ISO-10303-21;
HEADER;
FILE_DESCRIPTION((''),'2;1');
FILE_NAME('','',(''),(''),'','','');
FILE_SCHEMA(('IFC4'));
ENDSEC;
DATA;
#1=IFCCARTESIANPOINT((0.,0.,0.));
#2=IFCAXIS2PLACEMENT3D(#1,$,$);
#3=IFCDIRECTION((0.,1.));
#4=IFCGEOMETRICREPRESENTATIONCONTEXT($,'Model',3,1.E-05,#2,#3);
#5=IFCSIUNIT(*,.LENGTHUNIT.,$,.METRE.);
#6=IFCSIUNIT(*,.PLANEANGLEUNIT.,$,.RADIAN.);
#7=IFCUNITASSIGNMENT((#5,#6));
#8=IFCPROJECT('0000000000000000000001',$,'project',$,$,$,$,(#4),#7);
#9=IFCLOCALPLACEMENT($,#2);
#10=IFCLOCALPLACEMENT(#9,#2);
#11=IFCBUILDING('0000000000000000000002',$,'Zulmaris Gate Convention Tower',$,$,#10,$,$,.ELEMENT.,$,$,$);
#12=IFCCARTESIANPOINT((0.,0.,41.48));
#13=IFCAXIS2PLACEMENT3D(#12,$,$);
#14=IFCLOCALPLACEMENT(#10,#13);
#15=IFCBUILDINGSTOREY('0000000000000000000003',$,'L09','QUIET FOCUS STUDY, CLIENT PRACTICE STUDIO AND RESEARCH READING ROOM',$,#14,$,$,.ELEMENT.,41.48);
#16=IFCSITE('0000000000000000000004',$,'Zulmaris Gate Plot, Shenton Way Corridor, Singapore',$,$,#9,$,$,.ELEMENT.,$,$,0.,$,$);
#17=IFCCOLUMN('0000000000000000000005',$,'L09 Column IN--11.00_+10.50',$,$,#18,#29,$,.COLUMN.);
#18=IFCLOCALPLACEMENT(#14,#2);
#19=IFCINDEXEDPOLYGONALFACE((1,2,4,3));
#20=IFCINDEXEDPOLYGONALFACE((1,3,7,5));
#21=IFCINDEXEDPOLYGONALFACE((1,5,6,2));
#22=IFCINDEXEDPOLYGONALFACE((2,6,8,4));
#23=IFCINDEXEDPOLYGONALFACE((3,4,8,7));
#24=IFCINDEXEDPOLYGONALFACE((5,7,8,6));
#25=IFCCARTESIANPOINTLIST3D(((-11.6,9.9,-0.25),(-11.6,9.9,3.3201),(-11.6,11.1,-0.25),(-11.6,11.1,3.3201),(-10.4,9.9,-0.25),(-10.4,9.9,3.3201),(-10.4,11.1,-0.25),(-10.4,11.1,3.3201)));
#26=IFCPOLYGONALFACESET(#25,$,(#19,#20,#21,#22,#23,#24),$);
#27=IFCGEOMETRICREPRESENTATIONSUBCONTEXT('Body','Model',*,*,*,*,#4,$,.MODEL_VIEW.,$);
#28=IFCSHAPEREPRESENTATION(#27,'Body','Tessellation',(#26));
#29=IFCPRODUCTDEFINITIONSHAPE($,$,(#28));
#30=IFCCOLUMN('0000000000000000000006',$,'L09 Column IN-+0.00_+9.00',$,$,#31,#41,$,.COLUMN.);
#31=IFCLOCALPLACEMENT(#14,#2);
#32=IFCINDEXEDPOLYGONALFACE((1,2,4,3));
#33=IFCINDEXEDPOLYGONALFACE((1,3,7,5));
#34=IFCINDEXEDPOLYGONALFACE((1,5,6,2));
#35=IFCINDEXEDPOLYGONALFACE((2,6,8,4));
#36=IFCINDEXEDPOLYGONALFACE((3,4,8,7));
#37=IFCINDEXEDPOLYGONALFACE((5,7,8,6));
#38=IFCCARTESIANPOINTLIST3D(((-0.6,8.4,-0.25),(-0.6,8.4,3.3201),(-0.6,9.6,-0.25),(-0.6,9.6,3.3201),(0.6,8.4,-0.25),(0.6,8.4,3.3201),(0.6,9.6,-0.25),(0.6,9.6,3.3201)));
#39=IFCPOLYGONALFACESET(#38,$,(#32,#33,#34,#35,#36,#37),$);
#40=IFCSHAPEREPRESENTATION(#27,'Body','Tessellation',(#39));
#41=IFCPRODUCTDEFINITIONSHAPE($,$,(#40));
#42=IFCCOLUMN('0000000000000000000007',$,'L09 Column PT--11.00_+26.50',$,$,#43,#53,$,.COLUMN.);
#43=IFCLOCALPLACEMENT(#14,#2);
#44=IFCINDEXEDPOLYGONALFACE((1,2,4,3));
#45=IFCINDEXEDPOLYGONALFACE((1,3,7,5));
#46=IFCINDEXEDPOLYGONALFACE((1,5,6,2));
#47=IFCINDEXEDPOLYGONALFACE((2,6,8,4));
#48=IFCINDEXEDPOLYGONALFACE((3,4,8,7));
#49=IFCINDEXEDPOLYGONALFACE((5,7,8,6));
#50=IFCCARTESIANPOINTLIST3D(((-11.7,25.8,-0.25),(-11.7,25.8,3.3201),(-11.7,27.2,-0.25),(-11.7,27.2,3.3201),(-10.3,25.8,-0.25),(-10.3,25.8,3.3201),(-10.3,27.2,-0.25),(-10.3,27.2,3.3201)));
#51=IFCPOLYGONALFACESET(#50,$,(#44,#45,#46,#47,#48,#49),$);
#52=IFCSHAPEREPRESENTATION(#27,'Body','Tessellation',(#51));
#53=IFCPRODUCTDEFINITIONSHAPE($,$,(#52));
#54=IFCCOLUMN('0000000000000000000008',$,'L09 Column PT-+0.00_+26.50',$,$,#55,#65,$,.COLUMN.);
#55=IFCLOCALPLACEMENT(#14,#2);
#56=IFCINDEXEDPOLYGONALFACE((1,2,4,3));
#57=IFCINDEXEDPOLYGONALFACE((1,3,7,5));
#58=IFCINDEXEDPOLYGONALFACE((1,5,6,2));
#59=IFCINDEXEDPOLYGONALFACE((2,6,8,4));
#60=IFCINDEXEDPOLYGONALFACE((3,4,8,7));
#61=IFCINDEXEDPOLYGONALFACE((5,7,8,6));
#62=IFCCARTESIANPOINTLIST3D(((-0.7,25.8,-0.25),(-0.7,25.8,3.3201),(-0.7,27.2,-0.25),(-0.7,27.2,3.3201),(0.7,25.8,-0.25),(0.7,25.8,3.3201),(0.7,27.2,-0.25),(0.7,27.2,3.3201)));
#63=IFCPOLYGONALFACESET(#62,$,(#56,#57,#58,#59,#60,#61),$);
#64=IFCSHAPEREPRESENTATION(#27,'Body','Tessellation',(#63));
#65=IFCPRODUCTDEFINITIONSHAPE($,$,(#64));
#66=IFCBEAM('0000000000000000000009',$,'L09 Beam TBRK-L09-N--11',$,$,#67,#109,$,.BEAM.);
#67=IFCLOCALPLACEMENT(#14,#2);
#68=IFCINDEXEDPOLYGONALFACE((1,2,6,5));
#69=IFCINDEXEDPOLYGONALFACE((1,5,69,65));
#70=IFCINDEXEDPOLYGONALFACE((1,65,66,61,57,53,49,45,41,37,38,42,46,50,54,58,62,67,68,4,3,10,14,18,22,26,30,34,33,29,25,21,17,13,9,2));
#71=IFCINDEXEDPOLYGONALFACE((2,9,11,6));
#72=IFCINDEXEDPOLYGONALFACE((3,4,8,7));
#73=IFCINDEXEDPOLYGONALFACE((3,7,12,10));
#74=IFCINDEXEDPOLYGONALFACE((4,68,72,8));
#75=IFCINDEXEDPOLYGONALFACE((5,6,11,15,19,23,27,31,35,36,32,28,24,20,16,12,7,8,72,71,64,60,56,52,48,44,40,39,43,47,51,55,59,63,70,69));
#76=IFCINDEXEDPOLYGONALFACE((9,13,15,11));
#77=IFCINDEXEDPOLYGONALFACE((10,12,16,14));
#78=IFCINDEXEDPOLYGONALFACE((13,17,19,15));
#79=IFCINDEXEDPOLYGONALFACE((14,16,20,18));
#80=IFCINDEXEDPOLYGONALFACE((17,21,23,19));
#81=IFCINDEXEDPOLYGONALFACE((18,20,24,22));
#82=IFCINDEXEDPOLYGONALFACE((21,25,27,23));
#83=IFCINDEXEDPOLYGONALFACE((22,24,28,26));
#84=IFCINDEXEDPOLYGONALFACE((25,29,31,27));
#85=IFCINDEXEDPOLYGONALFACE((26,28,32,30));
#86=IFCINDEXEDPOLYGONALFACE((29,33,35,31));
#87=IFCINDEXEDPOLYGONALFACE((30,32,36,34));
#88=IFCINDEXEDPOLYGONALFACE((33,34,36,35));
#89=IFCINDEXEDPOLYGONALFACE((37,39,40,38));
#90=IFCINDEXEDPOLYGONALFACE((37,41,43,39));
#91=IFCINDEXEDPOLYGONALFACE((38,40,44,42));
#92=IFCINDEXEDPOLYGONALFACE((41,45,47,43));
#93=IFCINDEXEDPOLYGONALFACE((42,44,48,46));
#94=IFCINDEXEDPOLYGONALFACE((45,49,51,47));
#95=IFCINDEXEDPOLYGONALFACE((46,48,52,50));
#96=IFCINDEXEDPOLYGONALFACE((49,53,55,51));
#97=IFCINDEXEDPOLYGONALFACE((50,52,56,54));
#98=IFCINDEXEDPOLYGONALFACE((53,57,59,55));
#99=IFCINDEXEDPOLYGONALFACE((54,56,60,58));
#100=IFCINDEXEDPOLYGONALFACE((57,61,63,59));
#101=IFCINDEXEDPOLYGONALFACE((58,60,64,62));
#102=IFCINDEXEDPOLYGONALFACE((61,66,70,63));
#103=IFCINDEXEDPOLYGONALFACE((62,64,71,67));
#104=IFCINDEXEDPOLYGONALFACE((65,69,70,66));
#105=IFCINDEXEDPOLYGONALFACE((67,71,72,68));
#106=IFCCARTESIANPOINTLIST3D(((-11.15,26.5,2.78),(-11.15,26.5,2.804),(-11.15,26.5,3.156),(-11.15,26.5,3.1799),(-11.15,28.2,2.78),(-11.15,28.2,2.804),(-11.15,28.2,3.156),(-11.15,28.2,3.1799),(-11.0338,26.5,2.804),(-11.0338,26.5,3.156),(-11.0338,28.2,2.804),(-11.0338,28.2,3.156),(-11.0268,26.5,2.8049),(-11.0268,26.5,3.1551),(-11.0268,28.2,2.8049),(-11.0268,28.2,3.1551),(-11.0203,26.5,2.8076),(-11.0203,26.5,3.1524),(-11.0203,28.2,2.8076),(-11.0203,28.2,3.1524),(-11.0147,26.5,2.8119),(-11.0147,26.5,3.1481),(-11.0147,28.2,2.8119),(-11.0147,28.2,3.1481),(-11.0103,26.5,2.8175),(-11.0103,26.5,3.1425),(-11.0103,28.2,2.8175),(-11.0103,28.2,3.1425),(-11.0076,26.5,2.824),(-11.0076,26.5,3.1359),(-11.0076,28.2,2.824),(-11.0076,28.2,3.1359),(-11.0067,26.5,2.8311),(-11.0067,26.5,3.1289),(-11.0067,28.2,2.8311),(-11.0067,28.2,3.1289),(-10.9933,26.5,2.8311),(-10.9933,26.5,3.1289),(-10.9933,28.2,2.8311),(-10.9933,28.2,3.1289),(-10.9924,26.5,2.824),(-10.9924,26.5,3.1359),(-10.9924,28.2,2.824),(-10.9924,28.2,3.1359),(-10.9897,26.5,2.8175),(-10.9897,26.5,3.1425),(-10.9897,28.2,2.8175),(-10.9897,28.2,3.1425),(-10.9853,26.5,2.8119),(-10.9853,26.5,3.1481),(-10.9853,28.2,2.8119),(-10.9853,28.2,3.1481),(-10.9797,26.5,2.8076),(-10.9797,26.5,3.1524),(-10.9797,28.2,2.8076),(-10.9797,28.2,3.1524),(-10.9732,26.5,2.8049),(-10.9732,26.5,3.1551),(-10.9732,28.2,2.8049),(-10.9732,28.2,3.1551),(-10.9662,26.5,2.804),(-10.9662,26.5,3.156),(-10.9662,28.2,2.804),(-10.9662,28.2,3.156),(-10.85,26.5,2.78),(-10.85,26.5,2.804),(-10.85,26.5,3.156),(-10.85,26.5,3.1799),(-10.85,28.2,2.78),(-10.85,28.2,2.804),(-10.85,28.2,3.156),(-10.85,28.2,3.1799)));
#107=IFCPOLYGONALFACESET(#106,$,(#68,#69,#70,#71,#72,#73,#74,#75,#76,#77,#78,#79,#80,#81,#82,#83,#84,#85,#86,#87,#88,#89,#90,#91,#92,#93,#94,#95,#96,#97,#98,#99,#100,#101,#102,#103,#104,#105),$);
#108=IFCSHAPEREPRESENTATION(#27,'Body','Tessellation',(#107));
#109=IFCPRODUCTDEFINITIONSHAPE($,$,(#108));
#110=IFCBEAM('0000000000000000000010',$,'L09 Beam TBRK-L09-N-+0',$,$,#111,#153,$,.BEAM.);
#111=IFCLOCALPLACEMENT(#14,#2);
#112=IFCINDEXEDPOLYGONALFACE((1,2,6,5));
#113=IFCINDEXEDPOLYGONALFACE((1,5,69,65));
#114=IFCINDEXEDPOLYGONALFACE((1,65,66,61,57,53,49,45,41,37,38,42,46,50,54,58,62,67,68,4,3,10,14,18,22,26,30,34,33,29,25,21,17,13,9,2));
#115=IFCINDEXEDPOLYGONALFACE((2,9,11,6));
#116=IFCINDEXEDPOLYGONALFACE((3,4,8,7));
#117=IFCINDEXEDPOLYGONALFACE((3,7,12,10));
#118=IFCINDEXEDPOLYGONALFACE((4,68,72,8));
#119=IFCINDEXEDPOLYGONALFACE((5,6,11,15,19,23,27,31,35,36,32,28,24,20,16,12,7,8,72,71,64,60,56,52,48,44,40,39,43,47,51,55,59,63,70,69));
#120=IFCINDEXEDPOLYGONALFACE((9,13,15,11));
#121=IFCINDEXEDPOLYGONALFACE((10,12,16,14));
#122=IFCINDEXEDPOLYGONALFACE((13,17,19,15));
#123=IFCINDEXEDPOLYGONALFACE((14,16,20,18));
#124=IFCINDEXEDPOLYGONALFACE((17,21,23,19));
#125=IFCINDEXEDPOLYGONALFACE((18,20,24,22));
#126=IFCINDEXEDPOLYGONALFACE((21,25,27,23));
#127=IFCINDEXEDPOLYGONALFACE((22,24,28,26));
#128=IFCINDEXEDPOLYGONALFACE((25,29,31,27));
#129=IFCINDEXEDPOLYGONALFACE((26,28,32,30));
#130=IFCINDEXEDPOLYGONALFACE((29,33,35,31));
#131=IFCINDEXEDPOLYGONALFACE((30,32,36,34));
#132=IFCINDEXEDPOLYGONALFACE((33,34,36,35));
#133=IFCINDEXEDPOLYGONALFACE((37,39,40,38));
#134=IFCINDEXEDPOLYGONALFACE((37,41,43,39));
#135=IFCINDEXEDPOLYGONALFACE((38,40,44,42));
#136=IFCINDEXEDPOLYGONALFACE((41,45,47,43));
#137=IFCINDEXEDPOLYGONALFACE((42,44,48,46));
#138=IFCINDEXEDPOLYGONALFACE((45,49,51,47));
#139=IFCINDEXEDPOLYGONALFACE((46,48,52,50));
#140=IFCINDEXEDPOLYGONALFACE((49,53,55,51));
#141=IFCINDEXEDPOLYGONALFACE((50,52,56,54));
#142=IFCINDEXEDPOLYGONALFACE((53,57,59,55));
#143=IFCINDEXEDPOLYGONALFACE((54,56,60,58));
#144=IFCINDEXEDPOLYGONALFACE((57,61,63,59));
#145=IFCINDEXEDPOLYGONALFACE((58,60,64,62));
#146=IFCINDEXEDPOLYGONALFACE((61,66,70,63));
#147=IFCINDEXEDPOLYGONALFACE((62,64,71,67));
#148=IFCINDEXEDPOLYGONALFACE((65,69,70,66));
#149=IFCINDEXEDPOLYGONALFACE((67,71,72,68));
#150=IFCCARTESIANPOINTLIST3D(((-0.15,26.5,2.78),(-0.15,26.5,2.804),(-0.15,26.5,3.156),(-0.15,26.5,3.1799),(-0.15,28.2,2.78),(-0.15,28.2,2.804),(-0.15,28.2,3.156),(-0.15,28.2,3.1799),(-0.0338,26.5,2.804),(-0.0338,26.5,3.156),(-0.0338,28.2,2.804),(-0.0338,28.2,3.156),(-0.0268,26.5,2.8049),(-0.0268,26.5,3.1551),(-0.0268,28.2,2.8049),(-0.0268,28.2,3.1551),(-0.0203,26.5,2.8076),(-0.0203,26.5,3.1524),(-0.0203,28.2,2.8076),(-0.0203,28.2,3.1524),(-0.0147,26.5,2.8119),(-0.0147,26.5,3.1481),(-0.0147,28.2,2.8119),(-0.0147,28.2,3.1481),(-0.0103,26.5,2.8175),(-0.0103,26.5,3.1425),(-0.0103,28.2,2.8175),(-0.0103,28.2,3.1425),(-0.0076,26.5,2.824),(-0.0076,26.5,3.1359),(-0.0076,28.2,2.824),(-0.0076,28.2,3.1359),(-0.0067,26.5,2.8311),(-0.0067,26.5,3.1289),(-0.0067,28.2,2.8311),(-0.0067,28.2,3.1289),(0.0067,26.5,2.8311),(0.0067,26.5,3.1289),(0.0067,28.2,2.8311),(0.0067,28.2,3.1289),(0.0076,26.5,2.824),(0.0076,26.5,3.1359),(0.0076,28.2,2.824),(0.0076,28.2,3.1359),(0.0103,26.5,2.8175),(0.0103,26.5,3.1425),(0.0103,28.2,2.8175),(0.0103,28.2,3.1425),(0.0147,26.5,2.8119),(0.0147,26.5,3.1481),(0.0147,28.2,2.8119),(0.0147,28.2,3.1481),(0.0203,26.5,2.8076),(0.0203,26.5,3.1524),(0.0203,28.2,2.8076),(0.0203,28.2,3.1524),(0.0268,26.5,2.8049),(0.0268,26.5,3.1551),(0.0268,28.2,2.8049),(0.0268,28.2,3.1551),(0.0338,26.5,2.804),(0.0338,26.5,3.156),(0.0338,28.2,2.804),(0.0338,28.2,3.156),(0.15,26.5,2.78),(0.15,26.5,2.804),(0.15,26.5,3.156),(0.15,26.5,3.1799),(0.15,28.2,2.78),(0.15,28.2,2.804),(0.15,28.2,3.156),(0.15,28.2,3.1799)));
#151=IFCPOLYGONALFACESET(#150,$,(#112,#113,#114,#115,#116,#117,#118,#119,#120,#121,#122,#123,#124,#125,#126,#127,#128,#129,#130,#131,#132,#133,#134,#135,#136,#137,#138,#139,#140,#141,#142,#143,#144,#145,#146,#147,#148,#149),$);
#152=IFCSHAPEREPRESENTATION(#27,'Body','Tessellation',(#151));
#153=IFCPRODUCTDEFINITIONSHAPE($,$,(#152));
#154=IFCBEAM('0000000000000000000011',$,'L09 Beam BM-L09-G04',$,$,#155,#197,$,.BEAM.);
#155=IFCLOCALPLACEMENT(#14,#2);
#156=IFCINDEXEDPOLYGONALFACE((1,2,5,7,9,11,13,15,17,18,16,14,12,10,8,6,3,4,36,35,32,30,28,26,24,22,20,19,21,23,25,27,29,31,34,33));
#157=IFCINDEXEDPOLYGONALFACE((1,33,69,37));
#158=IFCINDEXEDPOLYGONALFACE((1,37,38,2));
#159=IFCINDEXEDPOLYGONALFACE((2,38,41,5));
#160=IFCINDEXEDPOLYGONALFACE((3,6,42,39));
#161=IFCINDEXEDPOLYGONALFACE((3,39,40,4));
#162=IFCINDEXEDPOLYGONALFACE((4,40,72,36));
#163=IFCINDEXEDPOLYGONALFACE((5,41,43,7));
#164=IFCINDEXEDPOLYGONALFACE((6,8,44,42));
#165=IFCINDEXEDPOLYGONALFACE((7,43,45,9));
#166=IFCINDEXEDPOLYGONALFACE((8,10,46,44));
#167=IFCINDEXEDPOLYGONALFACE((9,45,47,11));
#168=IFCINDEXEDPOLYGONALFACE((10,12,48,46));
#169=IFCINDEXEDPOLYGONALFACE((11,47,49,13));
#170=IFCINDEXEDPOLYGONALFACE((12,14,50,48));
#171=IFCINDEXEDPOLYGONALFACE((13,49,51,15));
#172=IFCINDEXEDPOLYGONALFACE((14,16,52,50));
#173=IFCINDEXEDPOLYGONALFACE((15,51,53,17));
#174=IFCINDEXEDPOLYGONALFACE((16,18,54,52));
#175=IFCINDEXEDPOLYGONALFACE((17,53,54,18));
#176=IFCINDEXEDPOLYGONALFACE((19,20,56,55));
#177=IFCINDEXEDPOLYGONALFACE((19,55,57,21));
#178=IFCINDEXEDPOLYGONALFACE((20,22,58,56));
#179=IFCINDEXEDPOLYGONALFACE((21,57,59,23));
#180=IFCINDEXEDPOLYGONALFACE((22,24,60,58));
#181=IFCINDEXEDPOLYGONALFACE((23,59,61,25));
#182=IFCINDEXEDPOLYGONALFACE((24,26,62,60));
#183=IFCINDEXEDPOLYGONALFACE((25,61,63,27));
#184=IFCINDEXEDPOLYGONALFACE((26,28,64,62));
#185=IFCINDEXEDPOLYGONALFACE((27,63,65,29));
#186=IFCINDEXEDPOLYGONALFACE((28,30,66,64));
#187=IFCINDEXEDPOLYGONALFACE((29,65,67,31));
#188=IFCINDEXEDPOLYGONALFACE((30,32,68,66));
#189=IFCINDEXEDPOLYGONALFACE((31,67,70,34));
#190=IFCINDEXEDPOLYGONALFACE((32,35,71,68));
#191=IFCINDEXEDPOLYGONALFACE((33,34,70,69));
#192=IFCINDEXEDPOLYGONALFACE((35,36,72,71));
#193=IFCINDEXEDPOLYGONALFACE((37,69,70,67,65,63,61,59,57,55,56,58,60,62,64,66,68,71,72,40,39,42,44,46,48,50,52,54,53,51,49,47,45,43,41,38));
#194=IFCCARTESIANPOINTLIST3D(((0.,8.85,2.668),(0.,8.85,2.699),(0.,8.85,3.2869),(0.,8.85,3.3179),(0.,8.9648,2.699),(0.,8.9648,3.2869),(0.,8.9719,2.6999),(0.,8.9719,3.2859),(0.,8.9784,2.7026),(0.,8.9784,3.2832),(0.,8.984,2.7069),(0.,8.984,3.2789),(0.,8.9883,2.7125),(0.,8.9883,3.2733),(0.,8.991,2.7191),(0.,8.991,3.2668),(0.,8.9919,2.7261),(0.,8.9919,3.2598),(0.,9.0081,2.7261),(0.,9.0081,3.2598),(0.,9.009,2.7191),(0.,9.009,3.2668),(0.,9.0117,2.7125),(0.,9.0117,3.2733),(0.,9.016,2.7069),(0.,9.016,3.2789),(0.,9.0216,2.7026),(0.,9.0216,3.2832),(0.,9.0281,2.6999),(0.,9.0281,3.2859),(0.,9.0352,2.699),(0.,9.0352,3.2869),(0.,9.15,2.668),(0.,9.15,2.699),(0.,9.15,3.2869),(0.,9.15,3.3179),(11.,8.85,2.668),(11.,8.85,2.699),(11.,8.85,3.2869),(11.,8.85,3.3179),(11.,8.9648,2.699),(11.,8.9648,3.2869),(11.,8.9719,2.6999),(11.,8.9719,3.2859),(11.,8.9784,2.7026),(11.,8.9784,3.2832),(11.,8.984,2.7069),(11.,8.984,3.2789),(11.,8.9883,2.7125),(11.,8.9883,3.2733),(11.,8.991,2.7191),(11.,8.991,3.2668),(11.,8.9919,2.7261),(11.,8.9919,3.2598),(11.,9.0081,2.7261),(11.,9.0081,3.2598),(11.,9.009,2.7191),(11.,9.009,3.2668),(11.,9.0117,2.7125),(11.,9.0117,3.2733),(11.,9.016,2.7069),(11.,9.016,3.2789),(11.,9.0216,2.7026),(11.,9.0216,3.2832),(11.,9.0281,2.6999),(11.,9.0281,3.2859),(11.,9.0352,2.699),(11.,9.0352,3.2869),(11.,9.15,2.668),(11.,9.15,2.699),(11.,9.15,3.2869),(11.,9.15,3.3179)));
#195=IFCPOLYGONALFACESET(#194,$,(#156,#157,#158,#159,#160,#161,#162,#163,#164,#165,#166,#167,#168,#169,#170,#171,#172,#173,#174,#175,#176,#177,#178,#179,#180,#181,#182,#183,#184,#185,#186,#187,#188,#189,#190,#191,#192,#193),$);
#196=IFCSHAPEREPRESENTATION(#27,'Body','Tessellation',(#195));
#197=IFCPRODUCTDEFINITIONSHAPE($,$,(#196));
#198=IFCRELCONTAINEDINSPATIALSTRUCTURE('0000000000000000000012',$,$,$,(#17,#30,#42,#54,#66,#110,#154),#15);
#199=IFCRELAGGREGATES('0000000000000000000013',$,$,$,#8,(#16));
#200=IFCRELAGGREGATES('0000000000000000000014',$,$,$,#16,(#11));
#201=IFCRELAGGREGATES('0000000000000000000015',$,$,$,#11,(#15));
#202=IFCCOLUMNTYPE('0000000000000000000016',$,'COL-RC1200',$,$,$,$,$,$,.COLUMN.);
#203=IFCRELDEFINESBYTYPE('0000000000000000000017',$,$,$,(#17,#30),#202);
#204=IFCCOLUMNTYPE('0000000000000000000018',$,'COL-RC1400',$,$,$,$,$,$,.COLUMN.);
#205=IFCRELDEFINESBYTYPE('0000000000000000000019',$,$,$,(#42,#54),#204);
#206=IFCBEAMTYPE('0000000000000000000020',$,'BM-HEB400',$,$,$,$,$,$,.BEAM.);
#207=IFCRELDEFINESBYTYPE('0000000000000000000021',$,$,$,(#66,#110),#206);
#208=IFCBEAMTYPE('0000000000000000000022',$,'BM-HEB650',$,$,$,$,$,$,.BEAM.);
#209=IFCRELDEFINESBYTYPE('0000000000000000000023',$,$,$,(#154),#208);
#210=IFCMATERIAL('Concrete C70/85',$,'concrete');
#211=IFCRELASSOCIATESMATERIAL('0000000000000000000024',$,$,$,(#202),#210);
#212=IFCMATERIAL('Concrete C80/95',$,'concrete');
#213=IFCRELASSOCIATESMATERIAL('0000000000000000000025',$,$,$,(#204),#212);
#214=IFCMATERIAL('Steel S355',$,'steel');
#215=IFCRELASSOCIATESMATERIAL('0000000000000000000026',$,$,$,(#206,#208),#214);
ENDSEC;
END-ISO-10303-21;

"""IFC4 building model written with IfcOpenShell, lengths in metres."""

from ifc_helpers import new_model, si_unit, direction, frame, origin, origin_2d, place, context, subcontext, project, spatial, rectangle, i_section, extrude, material, material_profile, profile_set, type_object, element, save


model = new_model("IFC4")

# Units and contexts
model_context = context("Model", 3, precision=1e-05, world=origin(), true_north=direction((0.0, 1.0)))
body_context = subcontext(model_context, "Body", "Model", "MODEL_VIEW")
ifc_project = project(units=[si_unit("LENGTHUNIT", "METRE"), si_unit("PLANEANGLEUNIT", "RADIAN")], contexts=[model_context])

# Site, building, storey
site_placement = place(None, origin())
site = spatial("IfcSite", under=ifc_project, at=site_placement, Name="Zulmaris Gate Plot, Shenton Way Corridor, Singapore", CompositionType="ELEMENT", RefElevation=0.0)
building_placement = place(site_placement, origin())
building = spatial("IfcBuilding", under=site, at=building_placement, Name="Zulmaris Gate Convention Tower", CompositionType="ELEMENT")
storey_placement = place(building_placement, frame((0.0, 0.0, 41.48)))
storey = spatial("IfcBuildingStorey", under=building, at=storey_placement, Name="L09", Description="QUIET FOCUS STUDY, CLIENT PRACTICE STUDIO AND RESEARCH READING ROOM", CompositionType="ELEMENT", Elevation=41.48)

# Columns
ifc_material_1 = material(Name="Concrete C70/85", Category="concrete")
ifc_material_profile_1 = material_profile(ifc_material_1, rectangle(XDim=1.2, YDim=1.2, at=origin_2d()), Name="RC COL 1200x1200")
ifc_profile_set_1 = profile_set([ifc_material_profile_1], Name="Concrete C70/85")
column_type_1 = type_object("IfcColumnType", Name="COL-RC1200", PredefinedType="COLUMN", material=ifc_profile_set_1)
for number, where, z_axis, x_axis, name in (
    (1, (-11.0, 10.5, -0.25), (0.0, 0.0, 1.0), (1.0, 0.0, 0.0), "L09 Column IN--11.00_+10.50"),
    (2, (0.0, 9.0, -0.25), (0.0, 0.0, 1.0), (1.0, 0.0, 0.0), "L09 Column IN-+0.00_+9.00"),
):
    element("IfcColumn", number, at=place(storey_placement, frame(where, z_axis=z_axis, x_axis=x_axis)), inside=storey, type_object=column_type_1, Name=name, PredefinedType="COLUMN", context=body_context, shape_type="SweptSolid", body=[
        extrude(rectangle(XDim=1.2, YDim=1.2, at=origin_2d()), origin(), (0.0, 0.0, 1.0), 3.5701),
    ])
ifc_material_2 = material(Name="Concrete C80/95", Category="concrete")
ifc_material_profile_2 = material_profile(ifc_material_2, rectangle(XDim=1.3999, YDim=1.3999, at=origin_2d()), Name="RC COL 1400x1400")
ifc_profile_set_2 = profile_set([ifc_material_profile_2], Name="Concrete C80/95")
column_type_2 = type_object("IfcColumnType", Name="COL-RC1400", PredefinedType="COLUMN", material=ifc_profile_set_2)
for number, where, z_axis, x_axis, name in (
    (3, (-11.0, 26.5, -0.25), (0.0, 0.0, 1.0), (1.0, 0.0, 0.0), "L09 Column PT--11.00_+26.50"),
    (4, (0.0, 26.5, -0.25), (0.0, 0.0, 1.0), (1.0, 0.0, 0.0), "L09 Column PT-+0.00_+26.50"),
):
    element("IfcColumn", number, at=place(storey_placement, frame(where, z_axis=z_axis, x_axis=x_axis)), inside=storey, type_object=column_type_2, Name=name, PredefinedType="COLUMN", context=body_context, shape_type="SweptSolid", body=[
        extrude(rectangle(XDim=1.3999, YDim=1.3999, at=origin_2d()), origin(), (0.0, 0.0, 1.0), 3.5701),
    ])

# Beams
ifc_material_3 = material(Name="Steel S355", Category="steel")
ifc_material_profile_3 = material_profile(ifc_material_3, i_section(OverallWidth=0.3, OverallDepth=0.3999, WebThickness=0.0134, FlangeThickness=0.0239, FilletRadius=0.0271, at=origin_2d()), Name="HEB 400")
ifc_profile_set_3 = profile_set([ifc_material_profile_3], Name="Steel S355")
beam_type_1 = type_object("IfcBeamType", Name="BM-HEB400", PredefinedType="BEAM", material=ifc_profile_set_3)
for number, where, z_axis, x_axis, name in (
    (5, (-11.0, 26.5, 2.98), (0.0, 1.0, 0.0), (-1.0, 0.0, 0.0), "L09 Beam TBRK-L09-N--11"),
    (6, (0.0, 26.5, 2.98), (0.0, 1.0, 0.0), (-1.0, 0.0, 0.0), "L09 Beam TBRK-L09-N-+0"),
):
    element("IfcBeam", number, at=place(storey_placement, frame(where, z_axis=z_axis, x_axis=x_axis)), inside=storey, type_object=beam_type_1, Name=name, PredefinedType="BEAM", context=body_context, shape_type="SweptSolid", body=[
        extrude(i_section(OverallWidth=0.3, OverallDepth=0.3999, WebThickness=0.0134, FlangeThickness=0.0239, FilletRadius=0.0271, at=origin_2d()), origin(), (0.0, 0.0, 1.0), 1.7),
    ])
ifc_material_profile_4 = material_profile(ifc_material_3, i_section(OverallWidth=0.3, OverallDepth=0.6499, WebThickness=0.0161, FlangeThickness=0.031, FilletRadius=0.0271, at=origin_2d()), Name="HEB 650")
ifc_profile_set_4 = profile_set([ifc_material_profile_4], Name="Steel S355")
beam_type_2 = type_object("IfcBeamType", Name="BM-HEB650", PredefinedType="BEAM", material=ifc_profile_set_4)
beam_1_placement = place(storey_placement, frame((0.0, 9.0, 2.9929), z_axis=(1.0, 0.0, 0.0), x_axis=(0.0, 1.0, 0.0)))
element("IfcBeam", 7, at=beam_1_placement, inside=storey, type_object=beam_type_2, Name="L09 Beam BM-L09-G04", PredefinedType="BEAM", context=body_context, shape_type="SweptSolid", body=[
    extrude(i_section(OverallWidth=0.3, OverallDepth=0.6499, WebThickness=0.0161, FlangeThickness=0.031, FilletRadius=0.0271, at=origin_2d()), origin(), (0.0, 0.0, 1.0), 11.0),
])

save(model, "model.ifc")
